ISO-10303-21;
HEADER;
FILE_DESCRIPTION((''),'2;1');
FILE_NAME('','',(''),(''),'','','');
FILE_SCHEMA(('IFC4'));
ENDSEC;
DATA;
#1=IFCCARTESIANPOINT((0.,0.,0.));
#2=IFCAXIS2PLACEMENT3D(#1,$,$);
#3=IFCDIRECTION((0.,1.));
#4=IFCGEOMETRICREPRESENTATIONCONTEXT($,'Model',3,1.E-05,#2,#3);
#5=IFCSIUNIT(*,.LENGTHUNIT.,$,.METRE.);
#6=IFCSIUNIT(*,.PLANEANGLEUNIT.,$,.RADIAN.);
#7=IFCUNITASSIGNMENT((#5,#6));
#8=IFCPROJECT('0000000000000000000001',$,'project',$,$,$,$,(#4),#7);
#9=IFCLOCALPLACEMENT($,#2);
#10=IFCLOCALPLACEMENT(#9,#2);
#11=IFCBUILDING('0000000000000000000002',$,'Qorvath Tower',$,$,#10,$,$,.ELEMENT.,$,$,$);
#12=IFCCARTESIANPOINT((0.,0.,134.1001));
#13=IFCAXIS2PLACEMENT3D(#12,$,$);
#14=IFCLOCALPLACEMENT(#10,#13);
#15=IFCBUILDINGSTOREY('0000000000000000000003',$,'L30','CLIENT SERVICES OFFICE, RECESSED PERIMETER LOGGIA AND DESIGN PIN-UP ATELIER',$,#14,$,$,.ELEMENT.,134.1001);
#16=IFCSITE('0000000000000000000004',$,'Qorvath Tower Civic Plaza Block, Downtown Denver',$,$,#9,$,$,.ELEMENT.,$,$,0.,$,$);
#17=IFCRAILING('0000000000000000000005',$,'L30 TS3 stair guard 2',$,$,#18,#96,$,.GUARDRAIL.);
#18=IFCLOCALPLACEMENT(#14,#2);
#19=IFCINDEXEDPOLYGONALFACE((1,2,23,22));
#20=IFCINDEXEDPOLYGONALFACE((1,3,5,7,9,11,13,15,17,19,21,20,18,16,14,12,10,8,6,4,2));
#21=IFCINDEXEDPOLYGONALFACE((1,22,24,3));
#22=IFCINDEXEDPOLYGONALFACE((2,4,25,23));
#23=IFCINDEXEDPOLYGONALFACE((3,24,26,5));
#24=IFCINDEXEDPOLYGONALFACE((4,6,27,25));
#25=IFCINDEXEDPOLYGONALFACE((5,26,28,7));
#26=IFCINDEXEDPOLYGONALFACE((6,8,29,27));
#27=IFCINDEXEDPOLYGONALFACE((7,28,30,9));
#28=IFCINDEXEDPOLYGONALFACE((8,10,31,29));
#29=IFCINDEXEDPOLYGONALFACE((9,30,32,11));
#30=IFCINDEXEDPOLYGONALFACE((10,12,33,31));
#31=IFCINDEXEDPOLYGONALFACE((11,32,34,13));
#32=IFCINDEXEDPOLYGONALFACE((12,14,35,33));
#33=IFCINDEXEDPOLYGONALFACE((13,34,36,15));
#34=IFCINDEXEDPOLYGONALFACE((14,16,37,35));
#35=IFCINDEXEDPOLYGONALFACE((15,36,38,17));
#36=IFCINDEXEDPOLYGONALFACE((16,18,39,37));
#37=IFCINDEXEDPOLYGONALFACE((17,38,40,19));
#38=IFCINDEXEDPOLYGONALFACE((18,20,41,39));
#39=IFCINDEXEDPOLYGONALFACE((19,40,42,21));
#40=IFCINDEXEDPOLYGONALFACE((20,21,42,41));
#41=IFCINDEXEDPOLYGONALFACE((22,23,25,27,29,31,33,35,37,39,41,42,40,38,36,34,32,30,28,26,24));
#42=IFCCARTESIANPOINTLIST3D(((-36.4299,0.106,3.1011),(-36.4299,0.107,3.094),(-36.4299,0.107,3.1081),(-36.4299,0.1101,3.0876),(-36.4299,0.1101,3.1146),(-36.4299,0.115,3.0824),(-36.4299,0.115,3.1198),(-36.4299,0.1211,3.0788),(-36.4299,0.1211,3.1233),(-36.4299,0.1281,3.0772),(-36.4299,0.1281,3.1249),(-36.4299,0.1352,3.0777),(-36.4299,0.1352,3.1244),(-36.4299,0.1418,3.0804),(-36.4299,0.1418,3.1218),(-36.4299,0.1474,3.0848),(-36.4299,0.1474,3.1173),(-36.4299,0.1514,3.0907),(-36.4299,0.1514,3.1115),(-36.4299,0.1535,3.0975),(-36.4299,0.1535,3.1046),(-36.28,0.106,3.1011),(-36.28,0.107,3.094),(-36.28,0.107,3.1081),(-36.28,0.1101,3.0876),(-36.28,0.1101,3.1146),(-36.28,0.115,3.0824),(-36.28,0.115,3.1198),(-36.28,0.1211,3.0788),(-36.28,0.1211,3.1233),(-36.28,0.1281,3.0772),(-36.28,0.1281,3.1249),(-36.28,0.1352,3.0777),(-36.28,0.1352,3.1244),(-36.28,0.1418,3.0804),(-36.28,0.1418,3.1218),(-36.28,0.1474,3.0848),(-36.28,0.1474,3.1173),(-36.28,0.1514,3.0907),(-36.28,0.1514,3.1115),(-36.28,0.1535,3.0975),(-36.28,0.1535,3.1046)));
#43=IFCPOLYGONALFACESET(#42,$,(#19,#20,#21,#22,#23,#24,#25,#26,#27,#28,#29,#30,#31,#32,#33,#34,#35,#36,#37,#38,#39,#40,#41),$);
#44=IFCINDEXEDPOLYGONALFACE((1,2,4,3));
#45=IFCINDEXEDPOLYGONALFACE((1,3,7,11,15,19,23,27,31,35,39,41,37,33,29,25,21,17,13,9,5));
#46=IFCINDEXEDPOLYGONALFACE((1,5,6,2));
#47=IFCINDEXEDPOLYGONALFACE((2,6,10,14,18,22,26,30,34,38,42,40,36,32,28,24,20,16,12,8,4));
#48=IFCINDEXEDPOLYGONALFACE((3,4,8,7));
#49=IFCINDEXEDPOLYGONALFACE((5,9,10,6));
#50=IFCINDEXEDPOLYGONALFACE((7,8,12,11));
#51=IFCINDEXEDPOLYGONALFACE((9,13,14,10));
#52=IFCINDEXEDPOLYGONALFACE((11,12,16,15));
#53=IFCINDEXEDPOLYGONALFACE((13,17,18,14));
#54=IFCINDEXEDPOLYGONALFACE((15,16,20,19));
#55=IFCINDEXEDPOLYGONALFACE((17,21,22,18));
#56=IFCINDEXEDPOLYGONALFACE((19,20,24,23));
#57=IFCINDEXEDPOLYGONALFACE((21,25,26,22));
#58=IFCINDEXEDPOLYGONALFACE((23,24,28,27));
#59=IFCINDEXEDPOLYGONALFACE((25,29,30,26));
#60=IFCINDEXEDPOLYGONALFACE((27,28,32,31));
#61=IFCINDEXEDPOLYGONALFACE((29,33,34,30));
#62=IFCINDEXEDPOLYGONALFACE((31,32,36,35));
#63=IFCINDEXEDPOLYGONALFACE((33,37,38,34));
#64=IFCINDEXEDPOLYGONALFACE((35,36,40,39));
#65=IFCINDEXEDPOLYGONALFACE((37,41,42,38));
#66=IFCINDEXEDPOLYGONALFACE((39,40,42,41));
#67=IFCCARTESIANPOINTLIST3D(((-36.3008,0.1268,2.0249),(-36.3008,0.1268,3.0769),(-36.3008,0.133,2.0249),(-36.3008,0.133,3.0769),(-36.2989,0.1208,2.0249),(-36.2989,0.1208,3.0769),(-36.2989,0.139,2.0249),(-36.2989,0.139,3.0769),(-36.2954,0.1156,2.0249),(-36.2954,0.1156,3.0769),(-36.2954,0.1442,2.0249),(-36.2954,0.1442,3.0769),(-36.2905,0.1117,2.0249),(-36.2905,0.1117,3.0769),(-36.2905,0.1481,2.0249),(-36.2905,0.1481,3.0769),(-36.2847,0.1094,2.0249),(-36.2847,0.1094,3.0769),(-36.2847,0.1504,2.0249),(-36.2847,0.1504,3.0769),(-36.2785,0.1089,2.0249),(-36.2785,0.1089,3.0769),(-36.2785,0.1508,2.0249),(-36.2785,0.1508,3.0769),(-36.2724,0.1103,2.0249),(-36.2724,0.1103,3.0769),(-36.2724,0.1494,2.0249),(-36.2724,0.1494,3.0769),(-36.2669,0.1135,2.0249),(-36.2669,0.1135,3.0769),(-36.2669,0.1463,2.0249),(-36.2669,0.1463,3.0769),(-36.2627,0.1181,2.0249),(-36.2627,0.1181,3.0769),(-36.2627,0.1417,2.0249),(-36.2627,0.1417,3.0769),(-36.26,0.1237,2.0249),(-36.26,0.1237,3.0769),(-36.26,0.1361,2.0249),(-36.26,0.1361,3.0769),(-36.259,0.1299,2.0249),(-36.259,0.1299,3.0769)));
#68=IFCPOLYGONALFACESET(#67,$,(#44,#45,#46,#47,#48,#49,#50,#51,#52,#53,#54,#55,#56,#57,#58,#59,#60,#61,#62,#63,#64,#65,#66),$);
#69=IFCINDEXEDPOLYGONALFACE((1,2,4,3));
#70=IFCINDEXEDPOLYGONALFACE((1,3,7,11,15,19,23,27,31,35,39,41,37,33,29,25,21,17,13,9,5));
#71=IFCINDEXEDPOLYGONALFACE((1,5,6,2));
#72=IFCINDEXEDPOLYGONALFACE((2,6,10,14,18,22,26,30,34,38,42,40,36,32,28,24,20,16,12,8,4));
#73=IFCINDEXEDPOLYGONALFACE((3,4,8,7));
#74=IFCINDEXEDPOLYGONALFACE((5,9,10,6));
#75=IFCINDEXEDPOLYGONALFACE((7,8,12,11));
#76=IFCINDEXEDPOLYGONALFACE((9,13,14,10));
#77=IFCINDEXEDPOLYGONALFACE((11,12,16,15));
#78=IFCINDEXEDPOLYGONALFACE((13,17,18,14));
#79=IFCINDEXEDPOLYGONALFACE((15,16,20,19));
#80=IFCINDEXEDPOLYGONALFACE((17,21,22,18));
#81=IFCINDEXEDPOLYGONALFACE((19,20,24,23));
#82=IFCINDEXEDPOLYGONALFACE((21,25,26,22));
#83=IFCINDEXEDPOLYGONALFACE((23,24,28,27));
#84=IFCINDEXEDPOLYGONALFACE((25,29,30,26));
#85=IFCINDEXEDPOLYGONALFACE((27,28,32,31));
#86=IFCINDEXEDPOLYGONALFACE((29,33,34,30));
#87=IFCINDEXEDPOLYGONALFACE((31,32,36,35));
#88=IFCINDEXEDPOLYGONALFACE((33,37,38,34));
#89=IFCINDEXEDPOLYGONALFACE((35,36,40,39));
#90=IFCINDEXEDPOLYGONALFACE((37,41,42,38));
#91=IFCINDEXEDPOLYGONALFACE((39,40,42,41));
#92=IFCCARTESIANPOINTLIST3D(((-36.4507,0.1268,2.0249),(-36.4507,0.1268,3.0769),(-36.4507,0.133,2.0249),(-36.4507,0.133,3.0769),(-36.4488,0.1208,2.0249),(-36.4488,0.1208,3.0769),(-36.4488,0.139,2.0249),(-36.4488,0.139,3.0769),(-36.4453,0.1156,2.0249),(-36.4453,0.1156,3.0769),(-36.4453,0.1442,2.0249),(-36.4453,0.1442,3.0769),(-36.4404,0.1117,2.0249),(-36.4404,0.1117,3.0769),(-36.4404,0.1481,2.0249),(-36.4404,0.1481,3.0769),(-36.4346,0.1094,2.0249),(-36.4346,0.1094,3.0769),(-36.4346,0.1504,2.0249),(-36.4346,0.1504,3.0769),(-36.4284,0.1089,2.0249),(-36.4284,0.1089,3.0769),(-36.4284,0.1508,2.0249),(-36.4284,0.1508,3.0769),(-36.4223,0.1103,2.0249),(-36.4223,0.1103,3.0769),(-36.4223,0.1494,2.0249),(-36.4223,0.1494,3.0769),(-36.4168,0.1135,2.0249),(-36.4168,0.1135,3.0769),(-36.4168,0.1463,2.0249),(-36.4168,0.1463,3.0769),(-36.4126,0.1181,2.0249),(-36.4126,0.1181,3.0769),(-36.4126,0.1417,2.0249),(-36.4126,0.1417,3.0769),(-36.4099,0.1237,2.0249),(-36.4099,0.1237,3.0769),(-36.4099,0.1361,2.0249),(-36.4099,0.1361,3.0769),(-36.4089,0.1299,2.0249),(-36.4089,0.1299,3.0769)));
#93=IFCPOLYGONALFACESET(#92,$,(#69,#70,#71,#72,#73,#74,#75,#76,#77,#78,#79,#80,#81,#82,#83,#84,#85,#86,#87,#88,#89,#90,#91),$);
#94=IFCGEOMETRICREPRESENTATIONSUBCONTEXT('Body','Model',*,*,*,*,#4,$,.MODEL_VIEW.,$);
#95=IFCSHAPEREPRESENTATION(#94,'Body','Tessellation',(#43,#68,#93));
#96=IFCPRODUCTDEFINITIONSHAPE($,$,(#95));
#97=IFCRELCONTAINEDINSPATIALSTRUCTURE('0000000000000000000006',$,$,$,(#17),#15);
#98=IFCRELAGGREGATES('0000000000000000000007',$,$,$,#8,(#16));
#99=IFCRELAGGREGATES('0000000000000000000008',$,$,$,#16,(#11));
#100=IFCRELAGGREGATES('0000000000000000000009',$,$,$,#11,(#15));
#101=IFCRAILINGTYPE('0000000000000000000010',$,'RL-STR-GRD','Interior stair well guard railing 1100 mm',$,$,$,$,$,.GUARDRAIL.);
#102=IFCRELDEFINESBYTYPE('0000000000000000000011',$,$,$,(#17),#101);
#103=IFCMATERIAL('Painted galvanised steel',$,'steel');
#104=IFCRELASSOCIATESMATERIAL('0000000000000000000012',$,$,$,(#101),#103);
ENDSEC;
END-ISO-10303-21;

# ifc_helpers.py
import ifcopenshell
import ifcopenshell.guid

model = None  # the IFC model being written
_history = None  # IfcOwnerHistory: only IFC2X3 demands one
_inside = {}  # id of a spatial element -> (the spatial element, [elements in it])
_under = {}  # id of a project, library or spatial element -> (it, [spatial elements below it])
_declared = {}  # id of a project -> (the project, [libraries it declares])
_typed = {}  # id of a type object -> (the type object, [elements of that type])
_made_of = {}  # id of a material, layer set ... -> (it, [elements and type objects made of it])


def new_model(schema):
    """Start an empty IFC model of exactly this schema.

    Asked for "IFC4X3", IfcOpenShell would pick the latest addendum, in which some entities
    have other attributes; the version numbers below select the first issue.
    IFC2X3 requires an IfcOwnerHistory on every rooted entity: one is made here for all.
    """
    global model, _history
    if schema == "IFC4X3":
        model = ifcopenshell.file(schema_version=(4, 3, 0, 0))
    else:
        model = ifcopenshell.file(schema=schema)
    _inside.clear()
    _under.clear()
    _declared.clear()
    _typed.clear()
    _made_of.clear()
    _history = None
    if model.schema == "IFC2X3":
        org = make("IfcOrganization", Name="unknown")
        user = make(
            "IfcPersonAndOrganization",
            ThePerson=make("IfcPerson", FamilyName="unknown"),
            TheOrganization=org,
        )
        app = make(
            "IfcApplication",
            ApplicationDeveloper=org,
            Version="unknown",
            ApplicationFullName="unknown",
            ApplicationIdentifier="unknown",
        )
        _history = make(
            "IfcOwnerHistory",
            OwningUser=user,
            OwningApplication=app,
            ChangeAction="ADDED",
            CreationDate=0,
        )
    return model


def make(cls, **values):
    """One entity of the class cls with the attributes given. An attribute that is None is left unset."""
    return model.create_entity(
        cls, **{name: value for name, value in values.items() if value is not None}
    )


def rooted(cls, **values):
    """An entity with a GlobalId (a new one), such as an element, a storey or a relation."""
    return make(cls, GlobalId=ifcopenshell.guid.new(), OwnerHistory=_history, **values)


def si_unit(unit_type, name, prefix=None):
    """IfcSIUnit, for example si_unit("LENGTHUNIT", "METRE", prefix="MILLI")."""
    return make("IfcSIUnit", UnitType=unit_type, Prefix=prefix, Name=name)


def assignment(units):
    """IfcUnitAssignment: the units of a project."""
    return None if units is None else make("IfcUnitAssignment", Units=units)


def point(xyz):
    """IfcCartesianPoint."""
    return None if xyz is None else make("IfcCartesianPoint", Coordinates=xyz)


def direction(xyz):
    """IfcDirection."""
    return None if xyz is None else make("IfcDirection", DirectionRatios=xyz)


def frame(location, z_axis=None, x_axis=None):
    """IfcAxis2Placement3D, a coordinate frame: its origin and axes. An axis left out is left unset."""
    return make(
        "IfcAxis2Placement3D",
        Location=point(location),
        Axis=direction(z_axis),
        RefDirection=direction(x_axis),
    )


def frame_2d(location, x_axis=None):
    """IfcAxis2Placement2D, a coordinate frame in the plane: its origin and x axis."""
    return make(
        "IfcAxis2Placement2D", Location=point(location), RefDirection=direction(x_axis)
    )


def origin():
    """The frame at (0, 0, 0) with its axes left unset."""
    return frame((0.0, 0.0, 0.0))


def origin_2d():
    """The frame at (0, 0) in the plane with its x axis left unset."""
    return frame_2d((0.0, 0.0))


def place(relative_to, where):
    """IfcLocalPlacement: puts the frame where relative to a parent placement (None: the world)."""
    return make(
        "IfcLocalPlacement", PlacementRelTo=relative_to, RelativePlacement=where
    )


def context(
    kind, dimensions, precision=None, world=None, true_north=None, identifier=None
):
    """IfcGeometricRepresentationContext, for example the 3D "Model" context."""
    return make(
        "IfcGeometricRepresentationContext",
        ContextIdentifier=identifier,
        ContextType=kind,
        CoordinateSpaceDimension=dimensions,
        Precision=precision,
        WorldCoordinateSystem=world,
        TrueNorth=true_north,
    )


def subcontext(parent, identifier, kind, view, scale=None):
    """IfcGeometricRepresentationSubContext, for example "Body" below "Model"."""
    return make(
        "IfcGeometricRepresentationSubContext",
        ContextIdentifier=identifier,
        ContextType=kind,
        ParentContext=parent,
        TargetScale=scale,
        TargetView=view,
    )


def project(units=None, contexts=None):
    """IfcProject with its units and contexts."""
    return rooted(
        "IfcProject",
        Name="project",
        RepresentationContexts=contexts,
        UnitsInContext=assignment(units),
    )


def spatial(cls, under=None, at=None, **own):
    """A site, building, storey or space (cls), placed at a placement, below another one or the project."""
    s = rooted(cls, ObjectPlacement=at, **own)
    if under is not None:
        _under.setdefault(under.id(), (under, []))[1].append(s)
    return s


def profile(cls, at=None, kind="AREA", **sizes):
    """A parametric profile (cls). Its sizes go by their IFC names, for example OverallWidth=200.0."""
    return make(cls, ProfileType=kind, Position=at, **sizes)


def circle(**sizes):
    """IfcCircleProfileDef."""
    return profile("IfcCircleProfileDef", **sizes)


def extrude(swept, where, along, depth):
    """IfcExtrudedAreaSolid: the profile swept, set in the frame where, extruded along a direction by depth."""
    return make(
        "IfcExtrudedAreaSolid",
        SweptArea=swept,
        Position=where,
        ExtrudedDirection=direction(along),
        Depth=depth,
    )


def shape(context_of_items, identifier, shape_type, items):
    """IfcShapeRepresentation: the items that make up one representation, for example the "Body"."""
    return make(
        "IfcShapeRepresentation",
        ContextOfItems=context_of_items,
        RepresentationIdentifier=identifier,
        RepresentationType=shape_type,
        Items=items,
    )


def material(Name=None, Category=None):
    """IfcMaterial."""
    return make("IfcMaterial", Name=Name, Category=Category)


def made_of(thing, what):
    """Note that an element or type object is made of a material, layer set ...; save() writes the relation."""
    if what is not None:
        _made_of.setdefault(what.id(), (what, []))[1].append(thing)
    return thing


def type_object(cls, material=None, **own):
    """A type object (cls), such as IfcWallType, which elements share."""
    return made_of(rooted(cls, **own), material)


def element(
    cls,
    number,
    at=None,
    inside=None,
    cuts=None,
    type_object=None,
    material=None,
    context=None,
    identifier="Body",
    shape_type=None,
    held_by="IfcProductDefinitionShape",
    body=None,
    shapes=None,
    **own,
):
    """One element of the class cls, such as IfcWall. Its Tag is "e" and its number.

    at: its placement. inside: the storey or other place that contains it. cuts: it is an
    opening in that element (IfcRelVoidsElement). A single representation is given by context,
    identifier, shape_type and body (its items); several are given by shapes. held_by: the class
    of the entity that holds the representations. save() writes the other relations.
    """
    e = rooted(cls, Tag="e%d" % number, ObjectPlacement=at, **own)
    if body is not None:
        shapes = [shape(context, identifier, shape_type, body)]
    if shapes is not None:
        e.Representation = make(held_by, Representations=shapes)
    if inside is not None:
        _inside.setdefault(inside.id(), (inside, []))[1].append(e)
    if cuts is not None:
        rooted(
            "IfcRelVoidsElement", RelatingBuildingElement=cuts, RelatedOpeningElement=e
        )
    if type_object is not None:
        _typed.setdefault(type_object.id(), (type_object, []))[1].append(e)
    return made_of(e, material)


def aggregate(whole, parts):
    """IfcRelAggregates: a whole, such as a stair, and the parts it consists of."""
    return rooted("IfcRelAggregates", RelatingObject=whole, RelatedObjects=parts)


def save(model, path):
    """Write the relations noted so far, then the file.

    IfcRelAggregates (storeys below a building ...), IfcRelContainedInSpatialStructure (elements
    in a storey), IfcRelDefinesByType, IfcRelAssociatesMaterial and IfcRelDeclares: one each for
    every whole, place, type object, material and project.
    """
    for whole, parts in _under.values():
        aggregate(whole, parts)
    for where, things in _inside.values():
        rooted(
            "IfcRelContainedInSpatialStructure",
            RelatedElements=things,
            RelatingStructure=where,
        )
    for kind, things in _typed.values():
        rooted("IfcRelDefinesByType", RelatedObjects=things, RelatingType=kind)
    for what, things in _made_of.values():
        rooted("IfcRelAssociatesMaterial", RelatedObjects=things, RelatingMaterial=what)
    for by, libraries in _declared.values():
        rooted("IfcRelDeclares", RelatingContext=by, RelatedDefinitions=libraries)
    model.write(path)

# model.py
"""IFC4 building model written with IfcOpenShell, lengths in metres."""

from ifc_helpers import new_model, si_unit, direction, frame, origin, origin_2d, place, context, subcontext, project, spatial, circle, extrude, material, type_object, element, save


model = new_model("IFC4")

# Units and contexts
model_context = context("Model", 3, precision=1e-05, world=origin(), true_north=direction((0.0, 1.0)))
body_context = subcontext(model_context, "Body", "Model", "MODEL_VIEW")
ifc_project = project(units=[si_unit("LENGTHUNIT", "METRE"), si_unit("PLANEANGLEUNIT", "RADIAN")], contexts=[model_context])

# Site, building, storey
site_placement = place(None, origin())
site = spatial("IfcSite", under=ifc_project, at=site_placement, Name="Qorvath Tower Civic Plaza Block, Downtown Denver", CompositionType="ELEMENT", RefElevation=0.0)
building_placement = place(site_placement, origin())
building = spatial("IfcBuilding", under=site, at=building_placement, Name="Qorvath Tower", CompositionType="ELEMENT")
storey_placement = place(building_placement, frame((0.0, 0.0, 134.1001)))
storey = spatial("IfcBuildingStorey", under=building, at=storey_placement, Name="L30", Description="CLIENT SERVICES OFFICE, RECESSED PERIMETER LOGGIA AND DESIGN PIN-UP ATELIER", CompositionType="ELEMENT", Elevation=134.1001)

# Railing
ifc_material_1 = material(Name="Painted galvanised steel", Category="steel")
railing_type_1 = type_object("IfcRailingType", Name="RL-STR-GRD", Description="Interior stair well guard railing 1100 mm", PredefinedType="GUARDRAIL", material=ifc_material_1)
railing_1_placement = place(storey_placement, frame((-36.28, 0.1299, 2.0249)))
element("IfcRailing", 1, at=railing_1_placement, inside=storey, type_object=railing_type_1, Name="L30 TS3 stair guard 2", PredefinedType="GUARDRAIL", context=body_context, shape_type="SweptSolid", body=[
    extrude(circle(Radius=0.0239, at=origin_2d()), frame((0.0, 0.0, 1.0762), z_axis=(-1.0, 0.0, 0.0), x_axis=(0.0, -1.0, 0.0)), (0.0, 0.0, 1.0), 0.1499),
    extrude(circle(Radius=0.021, at=origin_2d()), origin(), (0.0, 0.0, 1.0), 1.052),
    extrude(circle(Radius=0.021, at=origin_2d()), frame((-0.1499, 0.0, 0.0)), (0.0, 0.0, 1.0), 1.052),
])

save(model, "model.ifc")
